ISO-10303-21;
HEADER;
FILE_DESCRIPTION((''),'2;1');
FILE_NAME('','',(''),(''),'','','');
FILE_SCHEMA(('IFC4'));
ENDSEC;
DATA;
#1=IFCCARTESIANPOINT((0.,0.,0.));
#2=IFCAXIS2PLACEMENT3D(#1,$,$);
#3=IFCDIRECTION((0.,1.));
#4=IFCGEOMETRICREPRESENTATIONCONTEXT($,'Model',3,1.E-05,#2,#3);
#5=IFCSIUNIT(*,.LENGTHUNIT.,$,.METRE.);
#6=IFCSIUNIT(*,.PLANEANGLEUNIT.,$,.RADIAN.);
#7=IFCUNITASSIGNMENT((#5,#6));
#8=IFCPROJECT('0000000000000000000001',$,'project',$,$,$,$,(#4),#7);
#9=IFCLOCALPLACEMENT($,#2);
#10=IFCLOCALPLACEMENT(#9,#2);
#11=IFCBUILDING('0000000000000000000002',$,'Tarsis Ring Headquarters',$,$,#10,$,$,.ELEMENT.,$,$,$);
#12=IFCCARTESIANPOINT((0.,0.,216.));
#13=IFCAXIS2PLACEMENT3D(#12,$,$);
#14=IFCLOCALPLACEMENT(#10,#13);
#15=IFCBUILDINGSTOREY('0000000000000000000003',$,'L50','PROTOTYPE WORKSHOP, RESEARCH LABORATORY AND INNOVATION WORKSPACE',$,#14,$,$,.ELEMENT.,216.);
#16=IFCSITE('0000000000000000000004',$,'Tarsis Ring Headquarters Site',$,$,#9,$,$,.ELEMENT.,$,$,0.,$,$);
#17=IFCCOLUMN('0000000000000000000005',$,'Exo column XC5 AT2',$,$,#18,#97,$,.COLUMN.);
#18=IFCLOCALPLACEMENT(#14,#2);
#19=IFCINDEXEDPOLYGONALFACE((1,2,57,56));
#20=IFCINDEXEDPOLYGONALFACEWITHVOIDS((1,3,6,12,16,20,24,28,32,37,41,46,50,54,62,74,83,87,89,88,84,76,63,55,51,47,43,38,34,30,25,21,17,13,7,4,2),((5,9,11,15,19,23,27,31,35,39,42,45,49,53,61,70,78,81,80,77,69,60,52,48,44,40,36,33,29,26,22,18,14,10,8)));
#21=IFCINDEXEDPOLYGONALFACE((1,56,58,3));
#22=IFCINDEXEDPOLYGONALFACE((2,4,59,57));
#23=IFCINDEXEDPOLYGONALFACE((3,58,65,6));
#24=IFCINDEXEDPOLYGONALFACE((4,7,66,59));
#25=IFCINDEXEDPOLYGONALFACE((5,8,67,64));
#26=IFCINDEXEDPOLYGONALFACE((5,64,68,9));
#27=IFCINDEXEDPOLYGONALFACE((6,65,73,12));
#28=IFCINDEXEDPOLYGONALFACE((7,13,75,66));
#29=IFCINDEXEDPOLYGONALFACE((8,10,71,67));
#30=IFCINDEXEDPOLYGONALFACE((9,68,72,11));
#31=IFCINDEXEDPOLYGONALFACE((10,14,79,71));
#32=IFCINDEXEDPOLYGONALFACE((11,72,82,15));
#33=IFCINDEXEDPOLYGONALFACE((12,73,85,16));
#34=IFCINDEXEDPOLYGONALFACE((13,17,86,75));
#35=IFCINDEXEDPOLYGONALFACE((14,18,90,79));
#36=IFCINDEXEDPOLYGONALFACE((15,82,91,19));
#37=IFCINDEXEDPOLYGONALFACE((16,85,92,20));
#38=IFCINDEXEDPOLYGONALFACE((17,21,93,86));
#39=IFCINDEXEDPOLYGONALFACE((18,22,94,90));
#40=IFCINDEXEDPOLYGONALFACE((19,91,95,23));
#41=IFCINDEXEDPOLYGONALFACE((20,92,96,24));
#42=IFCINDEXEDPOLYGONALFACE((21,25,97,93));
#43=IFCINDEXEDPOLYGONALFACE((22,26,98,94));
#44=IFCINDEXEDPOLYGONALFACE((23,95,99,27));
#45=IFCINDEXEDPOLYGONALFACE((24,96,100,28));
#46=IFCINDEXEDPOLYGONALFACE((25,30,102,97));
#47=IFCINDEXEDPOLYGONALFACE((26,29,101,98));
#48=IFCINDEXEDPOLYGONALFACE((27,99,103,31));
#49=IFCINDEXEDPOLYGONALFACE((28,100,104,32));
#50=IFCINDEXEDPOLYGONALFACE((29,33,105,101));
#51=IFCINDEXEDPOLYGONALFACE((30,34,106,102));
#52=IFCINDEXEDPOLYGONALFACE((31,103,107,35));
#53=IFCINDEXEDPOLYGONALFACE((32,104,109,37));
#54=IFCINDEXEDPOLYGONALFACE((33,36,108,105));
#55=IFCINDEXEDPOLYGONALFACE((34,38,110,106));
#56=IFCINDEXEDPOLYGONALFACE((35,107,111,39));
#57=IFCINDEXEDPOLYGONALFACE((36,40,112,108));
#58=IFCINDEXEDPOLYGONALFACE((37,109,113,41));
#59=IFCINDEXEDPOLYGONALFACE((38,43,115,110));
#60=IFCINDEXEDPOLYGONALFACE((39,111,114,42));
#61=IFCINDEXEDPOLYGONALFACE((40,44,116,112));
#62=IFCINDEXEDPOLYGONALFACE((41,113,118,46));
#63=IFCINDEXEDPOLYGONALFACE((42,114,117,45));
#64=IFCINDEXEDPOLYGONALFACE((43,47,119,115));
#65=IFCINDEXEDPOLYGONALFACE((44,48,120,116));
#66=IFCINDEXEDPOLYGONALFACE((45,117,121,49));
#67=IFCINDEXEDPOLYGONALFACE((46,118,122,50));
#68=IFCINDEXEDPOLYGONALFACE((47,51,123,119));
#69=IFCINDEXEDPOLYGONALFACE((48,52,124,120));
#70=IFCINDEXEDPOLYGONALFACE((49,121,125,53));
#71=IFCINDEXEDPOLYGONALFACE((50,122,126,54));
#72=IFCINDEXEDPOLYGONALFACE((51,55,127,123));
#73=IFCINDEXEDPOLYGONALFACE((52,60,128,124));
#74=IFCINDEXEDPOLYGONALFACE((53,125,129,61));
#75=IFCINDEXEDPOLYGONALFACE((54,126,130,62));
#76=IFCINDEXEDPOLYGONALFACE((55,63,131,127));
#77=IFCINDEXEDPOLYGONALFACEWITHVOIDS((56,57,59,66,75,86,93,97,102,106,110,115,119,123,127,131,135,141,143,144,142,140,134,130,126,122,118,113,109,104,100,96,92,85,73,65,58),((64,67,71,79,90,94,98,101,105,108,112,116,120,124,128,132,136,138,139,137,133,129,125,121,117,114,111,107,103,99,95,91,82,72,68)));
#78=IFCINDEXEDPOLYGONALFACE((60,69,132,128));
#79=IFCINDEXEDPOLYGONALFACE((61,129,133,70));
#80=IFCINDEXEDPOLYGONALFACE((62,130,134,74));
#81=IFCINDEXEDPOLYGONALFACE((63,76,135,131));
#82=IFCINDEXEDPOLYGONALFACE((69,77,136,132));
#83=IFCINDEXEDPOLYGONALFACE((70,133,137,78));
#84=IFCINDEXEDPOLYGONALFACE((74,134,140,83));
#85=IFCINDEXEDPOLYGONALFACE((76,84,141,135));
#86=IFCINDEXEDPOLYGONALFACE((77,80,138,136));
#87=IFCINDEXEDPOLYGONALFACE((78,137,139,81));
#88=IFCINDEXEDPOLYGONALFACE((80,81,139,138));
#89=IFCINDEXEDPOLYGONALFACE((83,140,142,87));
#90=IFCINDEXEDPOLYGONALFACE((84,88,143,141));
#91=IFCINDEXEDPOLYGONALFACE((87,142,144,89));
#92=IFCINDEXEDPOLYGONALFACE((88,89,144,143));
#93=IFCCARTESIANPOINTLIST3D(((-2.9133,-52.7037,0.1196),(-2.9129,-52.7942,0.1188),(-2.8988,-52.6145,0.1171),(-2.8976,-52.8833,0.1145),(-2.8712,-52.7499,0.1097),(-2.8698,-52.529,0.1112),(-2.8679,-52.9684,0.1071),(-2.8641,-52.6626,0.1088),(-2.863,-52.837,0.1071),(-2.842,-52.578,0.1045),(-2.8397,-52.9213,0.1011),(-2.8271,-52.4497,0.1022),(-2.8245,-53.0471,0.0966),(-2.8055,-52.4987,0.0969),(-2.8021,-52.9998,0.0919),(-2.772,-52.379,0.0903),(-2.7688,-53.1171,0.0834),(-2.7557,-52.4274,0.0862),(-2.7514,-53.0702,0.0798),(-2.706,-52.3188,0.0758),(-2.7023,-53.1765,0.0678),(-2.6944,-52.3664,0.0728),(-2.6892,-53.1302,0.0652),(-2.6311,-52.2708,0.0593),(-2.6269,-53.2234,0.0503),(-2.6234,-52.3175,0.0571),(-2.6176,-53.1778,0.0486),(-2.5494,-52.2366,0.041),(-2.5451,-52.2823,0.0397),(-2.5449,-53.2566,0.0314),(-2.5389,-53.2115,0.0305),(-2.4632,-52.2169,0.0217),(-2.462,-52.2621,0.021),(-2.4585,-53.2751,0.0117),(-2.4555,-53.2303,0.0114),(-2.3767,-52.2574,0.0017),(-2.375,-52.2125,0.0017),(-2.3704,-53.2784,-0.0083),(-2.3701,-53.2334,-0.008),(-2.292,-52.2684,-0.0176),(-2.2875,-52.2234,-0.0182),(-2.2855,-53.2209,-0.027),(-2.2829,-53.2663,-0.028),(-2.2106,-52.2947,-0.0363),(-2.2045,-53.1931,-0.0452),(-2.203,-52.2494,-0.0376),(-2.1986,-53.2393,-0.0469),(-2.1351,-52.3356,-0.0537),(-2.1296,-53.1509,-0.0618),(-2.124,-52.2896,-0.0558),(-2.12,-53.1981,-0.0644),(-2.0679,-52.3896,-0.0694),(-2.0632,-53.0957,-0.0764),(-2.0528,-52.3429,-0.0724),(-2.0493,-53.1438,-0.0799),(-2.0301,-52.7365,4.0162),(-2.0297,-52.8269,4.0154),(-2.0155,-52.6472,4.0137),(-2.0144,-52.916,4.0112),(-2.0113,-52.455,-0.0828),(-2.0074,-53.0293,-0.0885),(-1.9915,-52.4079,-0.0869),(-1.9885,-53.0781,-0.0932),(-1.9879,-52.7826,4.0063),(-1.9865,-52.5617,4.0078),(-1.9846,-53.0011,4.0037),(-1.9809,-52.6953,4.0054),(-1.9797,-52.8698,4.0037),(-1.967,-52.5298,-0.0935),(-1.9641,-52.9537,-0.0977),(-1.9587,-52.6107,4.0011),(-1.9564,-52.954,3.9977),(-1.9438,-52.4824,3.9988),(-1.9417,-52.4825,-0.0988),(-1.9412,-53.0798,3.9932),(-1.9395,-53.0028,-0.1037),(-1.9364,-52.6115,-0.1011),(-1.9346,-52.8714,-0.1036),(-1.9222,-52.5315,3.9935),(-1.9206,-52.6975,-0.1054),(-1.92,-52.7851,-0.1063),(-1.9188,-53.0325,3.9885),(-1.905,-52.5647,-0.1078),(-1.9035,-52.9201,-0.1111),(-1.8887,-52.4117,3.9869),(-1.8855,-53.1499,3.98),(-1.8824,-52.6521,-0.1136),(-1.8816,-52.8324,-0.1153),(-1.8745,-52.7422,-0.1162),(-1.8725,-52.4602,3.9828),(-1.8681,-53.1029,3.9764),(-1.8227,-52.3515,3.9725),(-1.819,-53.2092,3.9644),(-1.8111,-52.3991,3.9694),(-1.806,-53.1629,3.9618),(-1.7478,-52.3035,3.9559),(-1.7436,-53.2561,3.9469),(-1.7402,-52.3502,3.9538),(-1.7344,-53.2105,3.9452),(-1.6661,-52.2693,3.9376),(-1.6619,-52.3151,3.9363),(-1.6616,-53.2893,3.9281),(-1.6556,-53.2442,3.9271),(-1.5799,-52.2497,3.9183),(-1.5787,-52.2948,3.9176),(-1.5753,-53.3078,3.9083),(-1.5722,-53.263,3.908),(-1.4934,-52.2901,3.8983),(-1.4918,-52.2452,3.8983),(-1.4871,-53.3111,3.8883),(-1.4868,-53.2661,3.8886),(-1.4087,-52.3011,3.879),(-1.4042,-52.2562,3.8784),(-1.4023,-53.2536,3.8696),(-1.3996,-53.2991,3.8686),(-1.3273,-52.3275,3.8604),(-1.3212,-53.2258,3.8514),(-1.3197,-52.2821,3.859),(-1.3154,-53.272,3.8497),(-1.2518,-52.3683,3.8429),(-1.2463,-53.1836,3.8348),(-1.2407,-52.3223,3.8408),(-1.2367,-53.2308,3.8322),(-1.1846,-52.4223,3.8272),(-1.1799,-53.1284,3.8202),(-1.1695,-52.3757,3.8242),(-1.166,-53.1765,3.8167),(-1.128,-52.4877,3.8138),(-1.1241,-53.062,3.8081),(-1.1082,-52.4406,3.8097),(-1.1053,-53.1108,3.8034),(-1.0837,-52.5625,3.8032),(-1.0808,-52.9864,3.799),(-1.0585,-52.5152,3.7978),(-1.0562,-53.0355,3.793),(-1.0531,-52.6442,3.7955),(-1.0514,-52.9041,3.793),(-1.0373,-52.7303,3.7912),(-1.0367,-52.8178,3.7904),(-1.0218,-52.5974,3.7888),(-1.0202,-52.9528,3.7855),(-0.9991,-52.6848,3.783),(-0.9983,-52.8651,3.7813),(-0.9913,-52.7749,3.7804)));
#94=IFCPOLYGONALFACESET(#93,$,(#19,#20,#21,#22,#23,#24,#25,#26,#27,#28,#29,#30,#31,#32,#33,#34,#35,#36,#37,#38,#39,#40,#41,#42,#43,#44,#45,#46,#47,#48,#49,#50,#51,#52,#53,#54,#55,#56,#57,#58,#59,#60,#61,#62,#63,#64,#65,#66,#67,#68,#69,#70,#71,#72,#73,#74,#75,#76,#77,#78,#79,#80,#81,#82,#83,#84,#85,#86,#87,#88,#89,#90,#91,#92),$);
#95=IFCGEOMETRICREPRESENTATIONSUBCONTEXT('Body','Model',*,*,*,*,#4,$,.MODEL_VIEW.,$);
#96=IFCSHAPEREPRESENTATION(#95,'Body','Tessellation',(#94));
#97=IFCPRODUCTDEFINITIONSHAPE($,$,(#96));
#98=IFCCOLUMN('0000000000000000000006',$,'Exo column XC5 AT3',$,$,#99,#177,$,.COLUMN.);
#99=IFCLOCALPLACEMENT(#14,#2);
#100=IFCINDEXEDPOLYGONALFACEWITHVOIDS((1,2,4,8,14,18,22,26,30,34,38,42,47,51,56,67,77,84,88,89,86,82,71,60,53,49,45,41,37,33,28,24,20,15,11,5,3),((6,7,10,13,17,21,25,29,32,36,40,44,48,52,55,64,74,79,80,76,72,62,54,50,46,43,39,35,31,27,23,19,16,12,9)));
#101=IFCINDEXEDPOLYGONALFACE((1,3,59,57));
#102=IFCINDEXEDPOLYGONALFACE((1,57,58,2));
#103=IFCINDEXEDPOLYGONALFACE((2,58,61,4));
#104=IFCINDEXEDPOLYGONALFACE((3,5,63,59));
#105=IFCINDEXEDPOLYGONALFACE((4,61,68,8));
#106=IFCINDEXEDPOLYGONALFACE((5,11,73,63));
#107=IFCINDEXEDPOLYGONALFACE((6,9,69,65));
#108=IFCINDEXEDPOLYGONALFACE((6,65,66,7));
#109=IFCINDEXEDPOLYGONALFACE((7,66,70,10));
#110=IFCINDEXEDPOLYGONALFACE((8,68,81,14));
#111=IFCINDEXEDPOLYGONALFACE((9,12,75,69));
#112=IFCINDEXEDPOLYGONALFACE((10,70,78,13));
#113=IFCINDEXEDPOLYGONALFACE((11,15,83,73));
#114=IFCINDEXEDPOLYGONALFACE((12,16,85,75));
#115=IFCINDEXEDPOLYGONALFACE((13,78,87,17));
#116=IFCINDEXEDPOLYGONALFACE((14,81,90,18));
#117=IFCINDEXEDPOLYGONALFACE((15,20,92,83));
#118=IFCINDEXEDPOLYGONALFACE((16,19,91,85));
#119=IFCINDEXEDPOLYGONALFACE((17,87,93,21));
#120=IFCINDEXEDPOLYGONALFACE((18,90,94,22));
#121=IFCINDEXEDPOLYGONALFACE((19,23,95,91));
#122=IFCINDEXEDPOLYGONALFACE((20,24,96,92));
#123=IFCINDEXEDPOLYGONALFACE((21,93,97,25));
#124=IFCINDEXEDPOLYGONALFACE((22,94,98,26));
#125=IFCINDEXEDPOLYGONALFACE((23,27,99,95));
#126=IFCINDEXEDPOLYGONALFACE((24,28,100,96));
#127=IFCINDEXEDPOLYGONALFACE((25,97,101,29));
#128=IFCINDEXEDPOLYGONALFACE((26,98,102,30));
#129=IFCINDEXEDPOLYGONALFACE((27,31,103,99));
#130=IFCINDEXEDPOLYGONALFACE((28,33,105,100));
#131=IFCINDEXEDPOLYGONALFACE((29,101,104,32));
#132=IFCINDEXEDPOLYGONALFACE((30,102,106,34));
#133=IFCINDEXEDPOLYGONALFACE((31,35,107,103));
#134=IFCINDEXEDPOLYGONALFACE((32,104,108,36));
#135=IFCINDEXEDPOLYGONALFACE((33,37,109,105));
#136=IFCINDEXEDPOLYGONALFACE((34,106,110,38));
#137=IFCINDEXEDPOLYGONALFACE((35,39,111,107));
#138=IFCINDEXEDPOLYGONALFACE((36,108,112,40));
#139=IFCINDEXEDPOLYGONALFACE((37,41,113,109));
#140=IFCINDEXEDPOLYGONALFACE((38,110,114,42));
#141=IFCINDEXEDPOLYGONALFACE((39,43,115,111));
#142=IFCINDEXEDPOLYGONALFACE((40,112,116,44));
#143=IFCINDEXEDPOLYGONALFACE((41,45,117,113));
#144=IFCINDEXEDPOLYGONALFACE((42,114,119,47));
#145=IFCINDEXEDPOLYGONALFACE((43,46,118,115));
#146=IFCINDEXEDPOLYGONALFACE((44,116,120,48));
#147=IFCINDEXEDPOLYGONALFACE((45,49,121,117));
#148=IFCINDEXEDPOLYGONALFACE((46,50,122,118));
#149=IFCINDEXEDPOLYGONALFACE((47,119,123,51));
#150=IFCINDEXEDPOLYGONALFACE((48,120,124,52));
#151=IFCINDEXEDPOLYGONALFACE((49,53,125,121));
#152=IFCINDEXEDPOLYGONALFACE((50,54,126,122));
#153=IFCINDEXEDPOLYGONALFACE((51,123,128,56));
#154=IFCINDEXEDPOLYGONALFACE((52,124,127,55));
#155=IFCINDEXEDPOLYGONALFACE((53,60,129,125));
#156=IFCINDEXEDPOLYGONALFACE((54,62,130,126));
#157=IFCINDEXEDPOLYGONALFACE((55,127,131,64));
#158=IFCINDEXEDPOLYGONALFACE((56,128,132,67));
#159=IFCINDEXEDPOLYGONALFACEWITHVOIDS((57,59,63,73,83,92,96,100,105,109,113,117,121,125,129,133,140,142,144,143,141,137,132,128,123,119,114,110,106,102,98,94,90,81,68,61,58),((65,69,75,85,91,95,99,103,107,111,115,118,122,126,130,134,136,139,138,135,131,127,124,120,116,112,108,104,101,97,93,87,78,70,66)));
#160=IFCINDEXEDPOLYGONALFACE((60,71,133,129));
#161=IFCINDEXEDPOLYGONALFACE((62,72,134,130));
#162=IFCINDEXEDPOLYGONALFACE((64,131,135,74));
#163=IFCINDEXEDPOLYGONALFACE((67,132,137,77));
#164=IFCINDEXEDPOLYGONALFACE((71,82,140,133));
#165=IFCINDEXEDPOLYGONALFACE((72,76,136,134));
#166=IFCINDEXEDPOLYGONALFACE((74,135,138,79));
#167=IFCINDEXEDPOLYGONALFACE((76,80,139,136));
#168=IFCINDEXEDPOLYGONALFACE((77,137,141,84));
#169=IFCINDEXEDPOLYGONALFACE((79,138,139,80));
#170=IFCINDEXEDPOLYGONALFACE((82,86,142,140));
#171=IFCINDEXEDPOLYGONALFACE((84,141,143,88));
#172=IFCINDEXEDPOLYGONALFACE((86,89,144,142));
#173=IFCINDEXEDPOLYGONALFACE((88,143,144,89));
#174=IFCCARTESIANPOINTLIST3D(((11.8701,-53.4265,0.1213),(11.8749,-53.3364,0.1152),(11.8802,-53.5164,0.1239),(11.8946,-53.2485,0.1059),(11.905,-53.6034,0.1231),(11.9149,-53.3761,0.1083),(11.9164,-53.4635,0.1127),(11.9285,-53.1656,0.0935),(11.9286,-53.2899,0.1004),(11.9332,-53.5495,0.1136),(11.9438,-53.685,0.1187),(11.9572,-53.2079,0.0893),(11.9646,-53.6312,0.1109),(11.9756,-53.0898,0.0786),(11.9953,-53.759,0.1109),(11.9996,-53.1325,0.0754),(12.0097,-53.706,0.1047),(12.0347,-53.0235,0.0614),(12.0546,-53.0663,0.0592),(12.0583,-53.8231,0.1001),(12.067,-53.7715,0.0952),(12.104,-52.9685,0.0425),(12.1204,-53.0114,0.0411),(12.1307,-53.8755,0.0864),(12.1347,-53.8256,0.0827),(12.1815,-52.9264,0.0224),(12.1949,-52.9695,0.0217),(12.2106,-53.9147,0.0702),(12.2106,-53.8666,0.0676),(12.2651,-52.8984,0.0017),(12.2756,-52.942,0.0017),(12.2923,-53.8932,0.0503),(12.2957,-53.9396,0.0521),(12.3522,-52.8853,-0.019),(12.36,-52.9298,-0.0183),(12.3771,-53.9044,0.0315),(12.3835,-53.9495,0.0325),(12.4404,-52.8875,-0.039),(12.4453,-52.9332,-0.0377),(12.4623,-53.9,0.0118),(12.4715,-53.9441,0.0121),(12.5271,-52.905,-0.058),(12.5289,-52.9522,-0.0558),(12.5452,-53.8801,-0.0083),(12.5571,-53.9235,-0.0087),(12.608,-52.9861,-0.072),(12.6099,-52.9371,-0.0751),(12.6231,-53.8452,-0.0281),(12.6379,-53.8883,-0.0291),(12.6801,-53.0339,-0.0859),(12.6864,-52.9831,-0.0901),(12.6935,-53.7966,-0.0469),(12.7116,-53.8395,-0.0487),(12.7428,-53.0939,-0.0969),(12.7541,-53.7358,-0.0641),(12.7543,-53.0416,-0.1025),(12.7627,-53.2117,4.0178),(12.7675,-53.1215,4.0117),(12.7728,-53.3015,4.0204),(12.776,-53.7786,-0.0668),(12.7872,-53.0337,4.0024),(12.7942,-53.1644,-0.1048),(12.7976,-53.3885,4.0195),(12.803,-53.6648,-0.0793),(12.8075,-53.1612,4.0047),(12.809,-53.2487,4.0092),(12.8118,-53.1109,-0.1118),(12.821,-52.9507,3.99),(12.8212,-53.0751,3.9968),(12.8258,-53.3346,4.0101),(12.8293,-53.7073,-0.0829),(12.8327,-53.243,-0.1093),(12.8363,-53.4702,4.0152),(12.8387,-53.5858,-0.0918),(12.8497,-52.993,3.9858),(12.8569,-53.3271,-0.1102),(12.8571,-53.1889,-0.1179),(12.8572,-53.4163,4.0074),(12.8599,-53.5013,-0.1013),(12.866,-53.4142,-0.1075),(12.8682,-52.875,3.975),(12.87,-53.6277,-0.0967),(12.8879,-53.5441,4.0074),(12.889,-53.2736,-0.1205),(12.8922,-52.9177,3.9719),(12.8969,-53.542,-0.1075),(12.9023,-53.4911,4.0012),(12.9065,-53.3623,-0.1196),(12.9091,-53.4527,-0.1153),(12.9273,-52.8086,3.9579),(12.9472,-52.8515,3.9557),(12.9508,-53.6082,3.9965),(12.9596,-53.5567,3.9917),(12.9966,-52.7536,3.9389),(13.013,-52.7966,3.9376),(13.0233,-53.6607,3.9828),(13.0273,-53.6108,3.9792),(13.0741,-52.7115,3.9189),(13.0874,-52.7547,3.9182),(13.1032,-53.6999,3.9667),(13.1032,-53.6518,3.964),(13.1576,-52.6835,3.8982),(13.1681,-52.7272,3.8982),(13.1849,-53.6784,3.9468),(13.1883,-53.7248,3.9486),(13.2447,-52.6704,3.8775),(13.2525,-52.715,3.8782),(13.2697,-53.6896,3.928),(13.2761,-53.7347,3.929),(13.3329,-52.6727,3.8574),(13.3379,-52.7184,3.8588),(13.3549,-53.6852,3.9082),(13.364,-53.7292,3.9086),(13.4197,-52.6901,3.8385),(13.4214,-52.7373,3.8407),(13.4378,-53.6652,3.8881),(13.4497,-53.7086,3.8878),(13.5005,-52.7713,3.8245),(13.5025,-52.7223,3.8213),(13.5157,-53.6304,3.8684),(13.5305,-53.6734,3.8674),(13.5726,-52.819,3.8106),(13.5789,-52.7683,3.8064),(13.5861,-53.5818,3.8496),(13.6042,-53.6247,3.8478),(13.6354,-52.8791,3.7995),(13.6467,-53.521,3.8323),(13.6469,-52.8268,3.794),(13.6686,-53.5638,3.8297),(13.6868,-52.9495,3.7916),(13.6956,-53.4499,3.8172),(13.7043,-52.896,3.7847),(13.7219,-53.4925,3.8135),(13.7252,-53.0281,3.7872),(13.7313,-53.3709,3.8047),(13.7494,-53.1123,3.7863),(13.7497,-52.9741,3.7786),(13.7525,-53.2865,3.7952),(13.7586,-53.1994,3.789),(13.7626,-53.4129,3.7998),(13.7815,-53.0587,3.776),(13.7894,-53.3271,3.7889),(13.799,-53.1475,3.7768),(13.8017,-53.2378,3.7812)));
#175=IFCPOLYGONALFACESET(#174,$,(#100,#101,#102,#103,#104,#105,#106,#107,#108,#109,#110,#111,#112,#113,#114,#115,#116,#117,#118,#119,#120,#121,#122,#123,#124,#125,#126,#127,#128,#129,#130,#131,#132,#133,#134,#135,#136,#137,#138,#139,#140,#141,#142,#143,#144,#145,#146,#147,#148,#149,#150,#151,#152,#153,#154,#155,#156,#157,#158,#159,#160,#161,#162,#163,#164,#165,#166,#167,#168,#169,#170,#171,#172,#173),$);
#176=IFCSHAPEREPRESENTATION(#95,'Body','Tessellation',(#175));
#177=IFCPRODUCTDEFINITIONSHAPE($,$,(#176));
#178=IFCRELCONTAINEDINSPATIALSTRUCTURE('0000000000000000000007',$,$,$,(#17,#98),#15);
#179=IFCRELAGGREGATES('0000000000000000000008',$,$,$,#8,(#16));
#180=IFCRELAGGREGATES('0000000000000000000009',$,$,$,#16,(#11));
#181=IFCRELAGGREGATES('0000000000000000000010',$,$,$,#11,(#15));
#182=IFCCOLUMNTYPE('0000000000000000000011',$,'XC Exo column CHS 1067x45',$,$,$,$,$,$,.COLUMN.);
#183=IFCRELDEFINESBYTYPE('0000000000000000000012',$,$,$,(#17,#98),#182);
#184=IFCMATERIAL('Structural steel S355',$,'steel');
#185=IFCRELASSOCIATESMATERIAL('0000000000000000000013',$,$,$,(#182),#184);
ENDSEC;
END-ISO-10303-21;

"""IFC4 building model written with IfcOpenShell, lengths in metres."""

from ifc_helpers import new_model, si_unit, direction, frame, origin, origin_2d, place, context, subcontext, project, spatial, hollow_circle, extrude, material, material_profile, profile_set, type_object, element, save


model = new_model("IFC4")

# Units and contexts
model_context = context("Model", 3, precision=1e-05, world=origin(), true_north=direction((0.0, 1.0)))
body_context = subcontext(model_context, "Body", "Model", "MODEL_VIEW")
ifc_project = project(units=[si_unit("LENGTHUNIT", "METRE"), si_unit("PLANEANGLEUNIT", "RADIAN")], contexts=[model_context])

# Site, building, storey
site_placement = place(None, origin())
site = spatial("IfcSite", under=ifc_project, at=site_placement, Name="Tarsis Ring Headquarters Site", CompositionType="ELEMENT", RefElevation=0.0)
building_placement = place(site_placement, origin())
building = spatial("IfcBuilding", under=site, at=building_placement, Name="Tarsis Ring Headquarters", CompositionType="ELEMENT")
storey_placement = place(building_placement, frame((0.0, 0.0, 216.0)))
storey = spatial("IfcBuildingStorey", under=building, at=storey_placement, Name="L50", Description="PROTOTYPE WORKSHOP, RESEARCH LABORATORY AND INNOVATION WORKSPACE", CompositionType="ELEMENT", Elevation=216.0)

# Columns
ifc_material_1 = material(Name="Structural steel S355", Category="steel")
ifc_material_profile_1 = material_profile(ifc_material_1, hollow_circle(Radius=0.5334, WallThickness=0.0449, at=origin_2d()), Name="CHS 1067x45")
ifc_profile_set_1 = profile_set([ifc_material_profile_1], Name="Structural steel S355")
column_type = type_object("IfcColumnType", Name="XC Exo column CHS 1067x45", PredefinedType="COLUMN", material=ifc_profile_set_1)
column_1_placement = place(storey_placement, frame((-2.3948, -52.7456, 0.0017), z_axis=(0.221062, -0.008187, 0.975225), x_axis=(0.037012, 0.999315, 0.0)))
element("IfcColumn", 1, at=column_1_placement, inside=storey, type_object=column_type, Name="Exo column XC5 AT2", PredefinedType="COLUMN", context=body_context, shape_type="SweptSolid", body=[
    extrude(hollow_circle(Radius=0.5334, WallThickness=0.0449, at=origin_2d()), origin(), (0.0, 0.0, 1.0), 3.9956),
])
column_2_placement = place(storey_placement, frame((12.3899, -53.417, 0.0017), z_axis=(0.222967, 0.053668, 0.973347), x_axis=(-0.234017, 0.972233, 0.0)))
element("IfcColumn", 2, at=column_2_placement, inside=storey, type_object=column_type, Name="Exo column XC5 AT3", PredefinedType="COLUMN", context=body_context, shape_type="SweptSolid", body=[
    extrude(hollow_circle(Radius=0.5334, WallThickness=0.0449, at=origin_2d()), origin(), (0.0, 0.0, 1.0), 4.0032),
])

save(model, "model.ifc")
